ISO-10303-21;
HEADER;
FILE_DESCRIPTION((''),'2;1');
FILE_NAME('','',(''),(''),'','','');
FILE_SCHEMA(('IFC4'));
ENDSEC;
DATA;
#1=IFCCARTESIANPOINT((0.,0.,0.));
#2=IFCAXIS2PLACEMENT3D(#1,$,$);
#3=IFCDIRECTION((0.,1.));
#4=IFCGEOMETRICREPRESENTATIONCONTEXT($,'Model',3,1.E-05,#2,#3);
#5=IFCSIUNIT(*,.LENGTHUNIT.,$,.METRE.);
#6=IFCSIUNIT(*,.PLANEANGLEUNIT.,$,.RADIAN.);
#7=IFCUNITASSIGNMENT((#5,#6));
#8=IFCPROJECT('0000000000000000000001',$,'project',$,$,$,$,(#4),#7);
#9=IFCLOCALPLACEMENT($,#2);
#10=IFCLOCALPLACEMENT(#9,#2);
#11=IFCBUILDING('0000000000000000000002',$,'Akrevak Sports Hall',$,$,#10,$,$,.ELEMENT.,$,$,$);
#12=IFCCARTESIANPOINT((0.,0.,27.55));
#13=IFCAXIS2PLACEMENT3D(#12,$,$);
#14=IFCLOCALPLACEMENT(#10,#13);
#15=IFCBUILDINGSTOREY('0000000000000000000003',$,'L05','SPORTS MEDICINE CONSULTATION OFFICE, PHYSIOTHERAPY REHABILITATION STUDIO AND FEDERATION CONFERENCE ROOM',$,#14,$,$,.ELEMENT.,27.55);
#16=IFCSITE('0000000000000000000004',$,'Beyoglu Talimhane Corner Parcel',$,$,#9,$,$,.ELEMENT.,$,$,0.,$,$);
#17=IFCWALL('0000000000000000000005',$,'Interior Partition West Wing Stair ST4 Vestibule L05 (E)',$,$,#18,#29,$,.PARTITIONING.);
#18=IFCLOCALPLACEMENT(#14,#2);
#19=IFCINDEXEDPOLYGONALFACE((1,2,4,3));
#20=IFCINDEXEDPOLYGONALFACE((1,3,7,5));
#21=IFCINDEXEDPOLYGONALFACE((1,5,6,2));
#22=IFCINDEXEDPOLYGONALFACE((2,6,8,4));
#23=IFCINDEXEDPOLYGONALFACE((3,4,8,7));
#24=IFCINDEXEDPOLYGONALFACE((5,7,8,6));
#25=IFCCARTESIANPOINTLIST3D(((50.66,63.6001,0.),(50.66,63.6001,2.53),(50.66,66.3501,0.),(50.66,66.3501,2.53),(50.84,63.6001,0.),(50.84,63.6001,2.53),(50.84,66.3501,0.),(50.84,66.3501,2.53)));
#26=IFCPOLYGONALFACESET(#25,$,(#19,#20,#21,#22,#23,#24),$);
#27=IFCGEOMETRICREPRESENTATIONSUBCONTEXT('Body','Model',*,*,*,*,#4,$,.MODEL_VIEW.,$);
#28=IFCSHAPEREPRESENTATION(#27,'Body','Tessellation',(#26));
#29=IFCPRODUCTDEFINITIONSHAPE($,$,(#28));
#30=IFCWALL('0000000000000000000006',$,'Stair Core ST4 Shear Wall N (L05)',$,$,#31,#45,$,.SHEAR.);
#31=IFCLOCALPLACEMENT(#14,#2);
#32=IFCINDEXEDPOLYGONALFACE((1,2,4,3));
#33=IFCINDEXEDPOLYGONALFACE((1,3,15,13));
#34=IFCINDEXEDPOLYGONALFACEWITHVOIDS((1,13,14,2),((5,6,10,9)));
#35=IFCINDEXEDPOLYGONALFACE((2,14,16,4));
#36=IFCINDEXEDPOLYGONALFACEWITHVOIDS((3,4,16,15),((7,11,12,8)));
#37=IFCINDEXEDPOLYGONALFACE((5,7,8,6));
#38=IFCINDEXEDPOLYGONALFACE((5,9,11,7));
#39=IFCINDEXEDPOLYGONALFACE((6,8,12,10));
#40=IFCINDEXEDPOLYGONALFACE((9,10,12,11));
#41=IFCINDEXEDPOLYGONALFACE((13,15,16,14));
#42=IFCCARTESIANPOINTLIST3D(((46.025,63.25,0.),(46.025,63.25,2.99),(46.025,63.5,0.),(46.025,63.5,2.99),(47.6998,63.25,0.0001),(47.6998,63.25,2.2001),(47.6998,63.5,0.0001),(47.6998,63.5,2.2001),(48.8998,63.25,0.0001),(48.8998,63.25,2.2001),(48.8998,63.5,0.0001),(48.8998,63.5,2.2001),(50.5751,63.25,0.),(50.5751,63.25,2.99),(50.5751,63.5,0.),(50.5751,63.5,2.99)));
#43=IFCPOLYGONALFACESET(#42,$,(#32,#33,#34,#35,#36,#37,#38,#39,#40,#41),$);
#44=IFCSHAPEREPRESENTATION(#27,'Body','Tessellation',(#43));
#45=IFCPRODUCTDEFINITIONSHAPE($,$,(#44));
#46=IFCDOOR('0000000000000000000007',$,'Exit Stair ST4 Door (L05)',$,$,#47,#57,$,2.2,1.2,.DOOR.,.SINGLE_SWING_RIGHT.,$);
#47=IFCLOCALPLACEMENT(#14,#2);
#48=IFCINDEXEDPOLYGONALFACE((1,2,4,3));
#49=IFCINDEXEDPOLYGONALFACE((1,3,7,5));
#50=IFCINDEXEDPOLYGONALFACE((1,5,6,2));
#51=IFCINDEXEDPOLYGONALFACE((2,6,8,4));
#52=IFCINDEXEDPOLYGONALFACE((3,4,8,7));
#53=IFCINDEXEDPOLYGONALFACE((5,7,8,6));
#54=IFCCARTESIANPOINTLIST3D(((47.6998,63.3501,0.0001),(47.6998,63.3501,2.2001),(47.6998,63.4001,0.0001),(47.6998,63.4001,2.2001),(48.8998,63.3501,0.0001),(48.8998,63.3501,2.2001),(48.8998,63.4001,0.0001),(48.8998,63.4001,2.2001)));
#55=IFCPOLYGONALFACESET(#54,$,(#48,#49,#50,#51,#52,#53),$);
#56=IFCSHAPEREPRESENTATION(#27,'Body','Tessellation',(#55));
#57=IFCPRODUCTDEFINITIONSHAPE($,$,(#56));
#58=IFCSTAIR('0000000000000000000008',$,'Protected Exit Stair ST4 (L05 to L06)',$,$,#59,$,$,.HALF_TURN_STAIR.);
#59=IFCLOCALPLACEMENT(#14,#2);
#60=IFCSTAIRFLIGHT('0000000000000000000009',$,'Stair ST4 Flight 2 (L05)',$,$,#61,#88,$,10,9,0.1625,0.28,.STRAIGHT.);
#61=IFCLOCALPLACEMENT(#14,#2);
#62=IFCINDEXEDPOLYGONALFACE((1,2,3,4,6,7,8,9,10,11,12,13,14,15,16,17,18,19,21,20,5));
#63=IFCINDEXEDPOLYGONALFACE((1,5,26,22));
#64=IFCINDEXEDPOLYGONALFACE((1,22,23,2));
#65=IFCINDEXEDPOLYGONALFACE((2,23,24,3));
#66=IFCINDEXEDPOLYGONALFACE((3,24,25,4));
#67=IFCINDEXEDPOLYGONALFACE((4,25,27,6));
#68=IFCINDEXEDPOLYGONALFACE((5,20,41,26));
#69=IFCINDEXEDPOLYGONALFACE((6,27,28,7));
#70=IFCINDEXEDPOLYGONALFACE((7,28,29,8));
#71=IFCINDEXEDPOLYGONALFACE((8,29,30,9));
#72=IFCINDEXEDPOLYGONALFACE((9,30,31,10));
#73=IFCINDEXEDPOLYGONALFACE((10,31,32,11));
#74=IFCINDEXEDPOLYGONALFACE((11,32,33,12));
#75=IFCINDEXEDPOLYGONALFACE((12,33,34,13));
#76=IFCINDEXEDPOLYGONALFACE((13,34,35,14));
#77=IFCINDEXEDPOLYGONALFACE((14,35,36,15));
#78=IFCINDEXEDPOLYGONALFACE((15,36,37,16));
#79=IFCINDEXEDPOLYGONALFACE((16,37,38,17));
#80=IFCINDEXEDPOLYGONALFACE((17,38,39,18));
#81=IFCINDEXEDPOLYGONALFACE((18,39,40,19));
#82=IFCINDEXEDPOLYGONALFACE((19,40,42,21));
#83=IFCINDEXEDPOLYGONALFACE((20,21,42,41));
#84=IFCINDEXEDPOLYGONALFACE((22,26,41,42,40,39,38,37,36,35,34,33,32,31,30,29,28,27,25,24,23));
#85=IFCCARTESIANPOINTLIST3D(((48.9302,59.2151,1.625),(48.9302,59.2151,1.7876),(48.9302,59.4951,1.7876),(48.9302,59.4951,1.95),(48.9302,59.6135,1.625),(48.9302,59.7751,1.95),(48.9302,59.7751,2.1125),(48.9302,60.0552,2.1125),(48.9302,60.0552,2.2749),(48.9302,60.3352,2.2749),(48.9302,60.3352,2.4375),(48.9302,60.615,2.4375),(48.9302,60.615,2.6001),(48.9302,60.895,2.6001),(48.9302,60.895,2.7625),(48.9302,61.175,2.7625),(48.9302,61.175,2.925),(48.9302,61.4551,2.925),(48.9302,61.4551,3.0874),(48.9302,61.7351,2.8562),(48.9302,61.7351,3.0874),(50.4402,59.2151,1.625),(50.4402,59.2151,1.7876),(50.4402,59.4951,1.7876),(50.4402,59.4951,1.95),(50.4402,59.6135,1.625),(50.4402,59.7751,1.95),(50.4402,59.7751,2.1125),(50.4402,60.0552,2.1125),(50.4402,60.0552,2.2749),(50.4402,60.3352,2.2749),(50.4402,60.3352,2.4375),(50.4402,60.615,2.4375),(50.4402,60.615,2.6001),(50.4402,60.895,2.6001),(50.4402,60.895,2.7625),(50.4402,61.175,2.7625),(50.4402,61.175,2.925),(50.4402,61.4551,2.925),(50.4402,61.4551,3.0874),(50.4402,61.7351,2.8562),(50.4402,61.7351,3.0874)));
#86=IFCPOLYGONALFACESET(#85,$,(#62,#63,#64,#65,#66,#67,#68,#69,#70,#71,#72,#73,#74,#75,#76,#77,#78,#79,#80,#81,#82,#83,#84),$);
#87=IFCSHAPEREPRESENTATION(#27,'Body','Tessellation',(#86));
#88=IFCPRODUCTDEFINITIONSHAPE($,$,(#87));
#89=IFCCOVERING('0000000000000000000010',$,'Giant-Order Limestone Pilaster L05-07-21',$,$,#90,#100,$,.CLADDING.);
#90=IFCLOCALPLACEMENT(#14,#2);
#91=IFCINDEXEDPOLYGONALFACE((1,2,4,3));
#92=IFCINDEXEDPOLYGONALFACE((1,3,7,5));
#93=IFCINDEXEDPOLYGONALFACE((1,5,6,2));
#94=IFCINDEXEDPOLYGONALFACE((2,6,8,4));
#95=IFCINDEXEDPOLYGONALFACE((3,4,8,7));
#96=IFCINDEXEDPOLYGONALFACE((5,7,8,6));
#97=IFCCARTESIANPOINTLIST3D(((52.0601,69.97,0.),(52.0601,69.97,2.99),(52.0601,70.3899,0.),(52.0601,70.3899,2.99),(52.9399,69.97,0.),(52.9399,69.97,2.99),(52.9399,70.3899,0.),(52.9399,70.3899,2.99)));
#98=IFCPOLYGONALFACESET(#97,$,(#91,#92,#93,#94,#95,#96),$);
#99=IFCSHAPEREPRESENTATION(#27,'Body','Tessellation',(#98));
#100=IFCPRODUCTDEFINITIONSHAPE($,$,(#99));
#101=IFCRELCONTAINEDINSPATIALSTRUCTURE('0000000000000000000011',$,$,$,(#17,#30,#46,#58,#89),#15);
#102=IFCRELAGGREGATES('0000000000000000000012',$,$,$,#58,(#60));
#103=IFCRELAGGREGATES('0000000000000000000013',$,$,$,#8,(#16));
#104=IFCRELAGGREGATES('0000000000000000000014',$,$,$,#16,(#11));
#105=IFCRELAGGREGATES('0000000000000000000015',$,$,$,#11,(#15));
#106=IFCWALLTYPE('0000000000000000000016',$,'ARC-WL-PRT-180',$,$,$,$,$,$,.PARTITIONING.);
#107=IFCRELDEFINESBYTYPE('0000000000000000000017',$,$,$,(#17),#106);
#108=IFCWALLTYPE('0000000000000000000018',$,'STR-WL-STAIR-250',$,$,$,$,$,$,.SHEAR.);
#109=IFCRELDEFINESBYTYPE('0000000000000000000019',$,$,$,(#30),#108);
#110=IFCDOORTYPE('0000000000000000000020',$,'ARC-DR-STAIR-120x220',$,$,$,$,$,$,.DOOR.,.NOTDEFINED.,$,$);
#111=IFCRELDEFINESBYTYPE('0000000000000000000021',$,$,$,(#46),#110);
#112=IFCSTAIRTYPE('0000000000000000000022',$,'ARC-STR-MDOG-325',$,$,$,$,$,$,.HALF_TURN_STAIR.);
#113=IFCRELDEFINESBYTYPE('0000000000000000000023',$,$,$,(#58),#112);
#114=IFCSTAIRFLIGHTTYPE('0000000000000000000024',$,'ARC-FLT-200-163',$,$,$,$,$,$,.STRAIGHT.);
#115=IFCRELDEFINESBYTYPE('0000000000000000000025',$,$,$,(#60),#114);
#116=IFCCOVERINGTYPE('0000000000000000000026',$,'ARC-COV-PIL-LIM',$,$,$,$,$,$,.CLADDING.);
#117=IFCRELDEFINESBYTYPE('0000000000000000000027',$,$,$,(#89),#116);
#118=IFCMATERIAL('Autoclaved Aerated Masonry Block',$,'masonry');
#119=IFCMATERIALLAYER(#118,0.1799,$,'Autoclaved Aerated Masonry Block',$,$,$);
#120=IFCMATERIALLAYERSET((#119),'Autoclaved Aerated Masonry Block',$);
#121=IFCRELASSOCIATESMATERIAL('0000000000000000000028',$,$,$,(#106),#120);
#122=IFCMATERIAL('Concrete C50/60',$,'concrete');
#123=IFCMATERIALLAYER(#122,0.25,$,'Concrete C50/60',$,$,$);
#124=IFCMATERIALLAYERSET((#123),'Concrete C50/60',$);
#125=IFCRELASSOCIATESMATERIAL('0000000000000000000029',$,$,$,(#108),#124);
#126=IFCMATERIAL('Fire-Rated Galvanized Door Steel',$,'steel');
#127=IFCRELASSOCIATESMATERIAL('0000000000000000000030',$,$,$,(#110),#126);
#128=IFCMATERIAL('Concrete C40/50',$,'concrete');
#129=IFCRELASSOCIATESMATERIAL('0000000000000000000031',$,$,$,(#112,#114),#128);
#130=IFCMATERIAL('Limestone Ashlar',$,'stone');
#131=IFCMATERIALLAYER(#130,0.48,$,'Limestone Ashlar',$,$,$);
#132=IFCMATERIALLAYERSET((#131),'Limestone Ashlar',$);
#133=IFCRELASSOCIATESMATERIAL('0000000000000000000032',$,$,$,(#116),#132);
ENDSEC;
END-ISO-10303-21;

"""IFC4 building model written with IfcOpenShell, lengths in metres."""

from ifc_helpers import new_model, si_unit, direction, frame, frame_2d, origin, origin_2d, place, context, subcontext, project, spatial, polyline, rectangle, outline, extrude, material, layer, layer_set, type_object, element, fill, aggregate, save


model = new_model("IFC4")

# Units and contexts
model_context = context("Model", 3, precision=1e-05, world=origin(), true_north=direction((0.0, 1.0)))
body_context = subcontext(model_context, "Body", "Model", "MODEL_VIEW")
ifc_project = project(units=[si_unit("LENGTHUNIT", "METRE"), si_unit("PLANEANGLEUNIT", "RADIAN")], contexts=[model_context])

# Site, building, storey
site_placement = place(None, origin())
site = spatial("IfcSite", under=ifc_project, at=site_placement, Name="Beyoglu Talimhane Corner Parcel", CompositionType="ELEMENT", RefElevation=0.0)
building_placement = place(site_placement, origin())
building = spatial("IfcBuilding", under=site, at=building_placement, Name="Akrevak Sports Hall", CompositionType="ELEMENT")
storey_placement = place(building_placement, frame((0.0, 0.0, 27.55)))
storey = spatial("IfcBuildingStorey", under=building, at=storey_placement, Name="L05", Description="SPORTS MEDICINE CONSULTATION OFFICE, PHYSIOTHERAPY REHABILITATION STUDIO AND FEDERATION CONFERENCE ROOM", CompositionType="ELEMENT", Elevation=27.55)

# Shared definitions
ifc_material_1 = material(Name="Concrete C50/60", Category="concrete")
ifc_material_2 = material(Name="Concrete C40/50", Category="concrete")

# Shared definitions
ifc_material_3 = material(Name="Limestone Ashlar", Category="stone")

# Wall
ifc_material_4 = material(Name="Autoclaved Aerated Masonry Block", Category="masonry")
ifc_layer_1 = layer(ifc_material_4, 0.1799, Name="Autoclaved Aerated Masonry Block")
ifc_layer_set_1 = layer_set([ifc_layer_1], Name="Autoclaved Aerated Masonry Block")
wall_type_1 = type_object("IfcWallType", Name="ARC-WL-PRT-180", PredefinedType="PARTITIONING", material=ifc_layer_set_1)
wall_1_placement = place(storey_placement, frame((50.75, 63.6001, 0.0), z_axis=(0.0, 0.0, 1.0), x_axis=(0.0, 1.0, 0.0)))
element("IfcWall", 1, at=wall_1_placement, inside=storey, type_object=wall_type_1, Name="Interior Partition West Wing Stair ST4 Vestibule L05 (E)", PredefinedType="PARTITIONING", context=body_context, shape_type="SweptSolid", body=[
    extrude(rectangle(XDim=2.75, YDim=0.1799, at=frame_2d((1.375, 0.0))), origin(), (0.0, 0.0, 1.0), 2.53),
])

# Wall, opening, door
ifc_layer_2 = layer(ifc_material_1, 0.25, Name="Concrete C50/60")
ifc_layer_set_2 = layer_set([ifc_layer_2], Name="Concrete C50/60")
wall_type_2 = type_object("IfcWallType", Name="STR-WL-STAIR-250", PredefinedType="SHEAR", material=ifc_layer_set_2)
wall_2_placement = place(storey_placement, frame((50.575, 63.375, 0.0), z_axis=(0.0, 0.0, 1.0), x_axis=(-1.0, 0.0, 0.0)))
wall_2 = element("IfcWall", 2, at=wall_2_placement, inside=storey, type_object=wall_type_2, Name="Stair Core ST4 Shear Wall N (L05)", PredefinedType="SHEAR", context=body_context, shape_type="SweptSolid", body=[
    extrude(rectangle(XDim=4.55, YDim=0.25, at=frame_2d((2.2749, 0.0))), origin(), (0.0, 0.0, 1.0), 2.99),
])
opening_1_placement = place(wall_2_placement, frame((1.675, 0.0, 0.0)))
opening_1 = element("IfcOpeningElement", 3, at=opening_1_placement, cuts=wall_2, PredefinedType="OPENING", context=body_context, shape_type="SweptSolid", body=[
    extrude(rectangle(XDim=1.2, YDim=2.2, at=frame_2d((0.6001, 1.1001))), frame((0.0, 0.137, 0.0), z_axis=(0.0, -1.0, 0.0), x_axis=(1.0, 0.0, 0.0)), (0.0, 0.0, 1.0), 0.2739),
])
ifc_material_5 = material(Name="Fire-Rated Galvanized Door Steel", Category="steel")
door_type_1 = type_object("IfcDoorType", Name="ARC-DR-STAIR-120x220", OperationType="NOTDEFINED", PredefinedType="DOOR", material=ifc_material_5)
door_1_placement = place(opening_1_placement, origin())
door_1 = element("IfcDoor", 4, at=door_1_placement, inside=storey, type_object=door_type_1, Name="Exit Stair ST4 Door (L05)", OperationType="SINGLE_SWING_RIGHT", OverallHeight=2.2, OverallWidth=1.2, PredefinedType="DOOR", context=body_context, shape_type="SweptSolid", body=[
    extrude(rectangle(XDim=1.2, YDim=2.2, at=frame_2d((0.6001, 1.1001))), frame((0.0, 0.0249, 0.0), z_axis=(0.0, -1.0, 0.0), x_axis=(1.0, 0.0, 0.0)), (0.0, 0.0, 1.0), 0.05),
])
fill(opening_1, door_1)

# Stair, stair flight
stair_type = type_object("IfcStairType", Name="ARC-STR-MDOG-325", PredefinedType="HALF_TURN_STAIR", material=ifc_material_2)
stair_placement = place(storey_placement, origin())
stair = element("IfcStair", 5, at=stair_placement, inside=storey, type_object=stair_type, Name="Protected Exit Stair ST4 (L05 to L06)", PredefinedType="HALF_TURN_STAIR")
stair_flight_type = type_object("IfcStairFlightType", Name="ARC-FLT-200-163", PredefinedType="STRAIGHT", material=ifc_material_2)
stair_flight_placement = place(storey_placement, frame((49.6851, 59.2151, 1.625), z_axis=(0.0, 0.0, 1.0), x_axis=(0.0, 1.0, 0.0)))
stair_flight = element("IfcStairFlight", 6, at=stair_flight_placement, type_object=stair_flight_type, Name="Stair ST4 Flight 2 (L05)", NumberOfRisers=10, NumberOfTreads=9, PredefinedType="STRAIGHT", RiserHeight=0.1625, TreadLength=0.28, context=body_context, shape_type="SweptSolid", body=[
    extrude(outline(polyline([(0.0, 0.0), (0.0, 0.1626), (0.28, 0.1626), (0.28, 0.325), (0.5601, 0.325), (0.5601, 0.4875), (0.8401, 0.4875), (0.8401, 0.6499), (1.1201, 0.6499), (1.1201, 0.8125), (1.3999, 0.8125), (1.3999, 0.9751), (1.6799, 0.9751), (1.6799, 1.1375), (1.96, 1.1375), (1.96, 1.3), (2.24, 1.3), (2.24, 1.4624), (2.52, 1.4624), (2.52, 1.625), (2.52, 1.2312), (0.3984, 0.0), (0.0, 0.0)])), frame((0.0, 0.7549, 0.0), z_axis=(0.0, -1.0, 0.0), x_axis=(1.0, 0.0, 0.0)), (0.0, 0.0, 1.0), 1.51),
])
aggregate(stair, [stair_flight])

# Covering
ifc_layer_3 = layer(ifc_material_3, 0.48, Name="Limestone Ashlar")
ifc_layer_set_3 = layer_set([ifc_layer_3], Name="Limestone Ashlar")
covering_type = type_object("IfcCoveringType", Name="ARC-COV-PIL-LIM", PredefinedType="CLADDING", material=ifc_layer_set_3)
covering_placement = place(storey_placement, frame((52.5, 70.1799, 0.0), z_axis=(0.0, 0.0, 1.0), x_axis=(-1.0, 0.0, 0.0)))
element("IfcCovering", 7, at=covering_placement, inside=storey, type_object=covering_type, Name="Giant-Order Limestone Pilaster L05-07-21", PredefinedType="CLADDING", context=body_context, shape_type="SweptSolid", body=[
    extrude(rectangle(XDim=0.8799, YDim=0.4199, at=origin_2d()), origin(), (0.0, 0.0, 1.0), 2.99),
])

save(model, "model.ifc")
